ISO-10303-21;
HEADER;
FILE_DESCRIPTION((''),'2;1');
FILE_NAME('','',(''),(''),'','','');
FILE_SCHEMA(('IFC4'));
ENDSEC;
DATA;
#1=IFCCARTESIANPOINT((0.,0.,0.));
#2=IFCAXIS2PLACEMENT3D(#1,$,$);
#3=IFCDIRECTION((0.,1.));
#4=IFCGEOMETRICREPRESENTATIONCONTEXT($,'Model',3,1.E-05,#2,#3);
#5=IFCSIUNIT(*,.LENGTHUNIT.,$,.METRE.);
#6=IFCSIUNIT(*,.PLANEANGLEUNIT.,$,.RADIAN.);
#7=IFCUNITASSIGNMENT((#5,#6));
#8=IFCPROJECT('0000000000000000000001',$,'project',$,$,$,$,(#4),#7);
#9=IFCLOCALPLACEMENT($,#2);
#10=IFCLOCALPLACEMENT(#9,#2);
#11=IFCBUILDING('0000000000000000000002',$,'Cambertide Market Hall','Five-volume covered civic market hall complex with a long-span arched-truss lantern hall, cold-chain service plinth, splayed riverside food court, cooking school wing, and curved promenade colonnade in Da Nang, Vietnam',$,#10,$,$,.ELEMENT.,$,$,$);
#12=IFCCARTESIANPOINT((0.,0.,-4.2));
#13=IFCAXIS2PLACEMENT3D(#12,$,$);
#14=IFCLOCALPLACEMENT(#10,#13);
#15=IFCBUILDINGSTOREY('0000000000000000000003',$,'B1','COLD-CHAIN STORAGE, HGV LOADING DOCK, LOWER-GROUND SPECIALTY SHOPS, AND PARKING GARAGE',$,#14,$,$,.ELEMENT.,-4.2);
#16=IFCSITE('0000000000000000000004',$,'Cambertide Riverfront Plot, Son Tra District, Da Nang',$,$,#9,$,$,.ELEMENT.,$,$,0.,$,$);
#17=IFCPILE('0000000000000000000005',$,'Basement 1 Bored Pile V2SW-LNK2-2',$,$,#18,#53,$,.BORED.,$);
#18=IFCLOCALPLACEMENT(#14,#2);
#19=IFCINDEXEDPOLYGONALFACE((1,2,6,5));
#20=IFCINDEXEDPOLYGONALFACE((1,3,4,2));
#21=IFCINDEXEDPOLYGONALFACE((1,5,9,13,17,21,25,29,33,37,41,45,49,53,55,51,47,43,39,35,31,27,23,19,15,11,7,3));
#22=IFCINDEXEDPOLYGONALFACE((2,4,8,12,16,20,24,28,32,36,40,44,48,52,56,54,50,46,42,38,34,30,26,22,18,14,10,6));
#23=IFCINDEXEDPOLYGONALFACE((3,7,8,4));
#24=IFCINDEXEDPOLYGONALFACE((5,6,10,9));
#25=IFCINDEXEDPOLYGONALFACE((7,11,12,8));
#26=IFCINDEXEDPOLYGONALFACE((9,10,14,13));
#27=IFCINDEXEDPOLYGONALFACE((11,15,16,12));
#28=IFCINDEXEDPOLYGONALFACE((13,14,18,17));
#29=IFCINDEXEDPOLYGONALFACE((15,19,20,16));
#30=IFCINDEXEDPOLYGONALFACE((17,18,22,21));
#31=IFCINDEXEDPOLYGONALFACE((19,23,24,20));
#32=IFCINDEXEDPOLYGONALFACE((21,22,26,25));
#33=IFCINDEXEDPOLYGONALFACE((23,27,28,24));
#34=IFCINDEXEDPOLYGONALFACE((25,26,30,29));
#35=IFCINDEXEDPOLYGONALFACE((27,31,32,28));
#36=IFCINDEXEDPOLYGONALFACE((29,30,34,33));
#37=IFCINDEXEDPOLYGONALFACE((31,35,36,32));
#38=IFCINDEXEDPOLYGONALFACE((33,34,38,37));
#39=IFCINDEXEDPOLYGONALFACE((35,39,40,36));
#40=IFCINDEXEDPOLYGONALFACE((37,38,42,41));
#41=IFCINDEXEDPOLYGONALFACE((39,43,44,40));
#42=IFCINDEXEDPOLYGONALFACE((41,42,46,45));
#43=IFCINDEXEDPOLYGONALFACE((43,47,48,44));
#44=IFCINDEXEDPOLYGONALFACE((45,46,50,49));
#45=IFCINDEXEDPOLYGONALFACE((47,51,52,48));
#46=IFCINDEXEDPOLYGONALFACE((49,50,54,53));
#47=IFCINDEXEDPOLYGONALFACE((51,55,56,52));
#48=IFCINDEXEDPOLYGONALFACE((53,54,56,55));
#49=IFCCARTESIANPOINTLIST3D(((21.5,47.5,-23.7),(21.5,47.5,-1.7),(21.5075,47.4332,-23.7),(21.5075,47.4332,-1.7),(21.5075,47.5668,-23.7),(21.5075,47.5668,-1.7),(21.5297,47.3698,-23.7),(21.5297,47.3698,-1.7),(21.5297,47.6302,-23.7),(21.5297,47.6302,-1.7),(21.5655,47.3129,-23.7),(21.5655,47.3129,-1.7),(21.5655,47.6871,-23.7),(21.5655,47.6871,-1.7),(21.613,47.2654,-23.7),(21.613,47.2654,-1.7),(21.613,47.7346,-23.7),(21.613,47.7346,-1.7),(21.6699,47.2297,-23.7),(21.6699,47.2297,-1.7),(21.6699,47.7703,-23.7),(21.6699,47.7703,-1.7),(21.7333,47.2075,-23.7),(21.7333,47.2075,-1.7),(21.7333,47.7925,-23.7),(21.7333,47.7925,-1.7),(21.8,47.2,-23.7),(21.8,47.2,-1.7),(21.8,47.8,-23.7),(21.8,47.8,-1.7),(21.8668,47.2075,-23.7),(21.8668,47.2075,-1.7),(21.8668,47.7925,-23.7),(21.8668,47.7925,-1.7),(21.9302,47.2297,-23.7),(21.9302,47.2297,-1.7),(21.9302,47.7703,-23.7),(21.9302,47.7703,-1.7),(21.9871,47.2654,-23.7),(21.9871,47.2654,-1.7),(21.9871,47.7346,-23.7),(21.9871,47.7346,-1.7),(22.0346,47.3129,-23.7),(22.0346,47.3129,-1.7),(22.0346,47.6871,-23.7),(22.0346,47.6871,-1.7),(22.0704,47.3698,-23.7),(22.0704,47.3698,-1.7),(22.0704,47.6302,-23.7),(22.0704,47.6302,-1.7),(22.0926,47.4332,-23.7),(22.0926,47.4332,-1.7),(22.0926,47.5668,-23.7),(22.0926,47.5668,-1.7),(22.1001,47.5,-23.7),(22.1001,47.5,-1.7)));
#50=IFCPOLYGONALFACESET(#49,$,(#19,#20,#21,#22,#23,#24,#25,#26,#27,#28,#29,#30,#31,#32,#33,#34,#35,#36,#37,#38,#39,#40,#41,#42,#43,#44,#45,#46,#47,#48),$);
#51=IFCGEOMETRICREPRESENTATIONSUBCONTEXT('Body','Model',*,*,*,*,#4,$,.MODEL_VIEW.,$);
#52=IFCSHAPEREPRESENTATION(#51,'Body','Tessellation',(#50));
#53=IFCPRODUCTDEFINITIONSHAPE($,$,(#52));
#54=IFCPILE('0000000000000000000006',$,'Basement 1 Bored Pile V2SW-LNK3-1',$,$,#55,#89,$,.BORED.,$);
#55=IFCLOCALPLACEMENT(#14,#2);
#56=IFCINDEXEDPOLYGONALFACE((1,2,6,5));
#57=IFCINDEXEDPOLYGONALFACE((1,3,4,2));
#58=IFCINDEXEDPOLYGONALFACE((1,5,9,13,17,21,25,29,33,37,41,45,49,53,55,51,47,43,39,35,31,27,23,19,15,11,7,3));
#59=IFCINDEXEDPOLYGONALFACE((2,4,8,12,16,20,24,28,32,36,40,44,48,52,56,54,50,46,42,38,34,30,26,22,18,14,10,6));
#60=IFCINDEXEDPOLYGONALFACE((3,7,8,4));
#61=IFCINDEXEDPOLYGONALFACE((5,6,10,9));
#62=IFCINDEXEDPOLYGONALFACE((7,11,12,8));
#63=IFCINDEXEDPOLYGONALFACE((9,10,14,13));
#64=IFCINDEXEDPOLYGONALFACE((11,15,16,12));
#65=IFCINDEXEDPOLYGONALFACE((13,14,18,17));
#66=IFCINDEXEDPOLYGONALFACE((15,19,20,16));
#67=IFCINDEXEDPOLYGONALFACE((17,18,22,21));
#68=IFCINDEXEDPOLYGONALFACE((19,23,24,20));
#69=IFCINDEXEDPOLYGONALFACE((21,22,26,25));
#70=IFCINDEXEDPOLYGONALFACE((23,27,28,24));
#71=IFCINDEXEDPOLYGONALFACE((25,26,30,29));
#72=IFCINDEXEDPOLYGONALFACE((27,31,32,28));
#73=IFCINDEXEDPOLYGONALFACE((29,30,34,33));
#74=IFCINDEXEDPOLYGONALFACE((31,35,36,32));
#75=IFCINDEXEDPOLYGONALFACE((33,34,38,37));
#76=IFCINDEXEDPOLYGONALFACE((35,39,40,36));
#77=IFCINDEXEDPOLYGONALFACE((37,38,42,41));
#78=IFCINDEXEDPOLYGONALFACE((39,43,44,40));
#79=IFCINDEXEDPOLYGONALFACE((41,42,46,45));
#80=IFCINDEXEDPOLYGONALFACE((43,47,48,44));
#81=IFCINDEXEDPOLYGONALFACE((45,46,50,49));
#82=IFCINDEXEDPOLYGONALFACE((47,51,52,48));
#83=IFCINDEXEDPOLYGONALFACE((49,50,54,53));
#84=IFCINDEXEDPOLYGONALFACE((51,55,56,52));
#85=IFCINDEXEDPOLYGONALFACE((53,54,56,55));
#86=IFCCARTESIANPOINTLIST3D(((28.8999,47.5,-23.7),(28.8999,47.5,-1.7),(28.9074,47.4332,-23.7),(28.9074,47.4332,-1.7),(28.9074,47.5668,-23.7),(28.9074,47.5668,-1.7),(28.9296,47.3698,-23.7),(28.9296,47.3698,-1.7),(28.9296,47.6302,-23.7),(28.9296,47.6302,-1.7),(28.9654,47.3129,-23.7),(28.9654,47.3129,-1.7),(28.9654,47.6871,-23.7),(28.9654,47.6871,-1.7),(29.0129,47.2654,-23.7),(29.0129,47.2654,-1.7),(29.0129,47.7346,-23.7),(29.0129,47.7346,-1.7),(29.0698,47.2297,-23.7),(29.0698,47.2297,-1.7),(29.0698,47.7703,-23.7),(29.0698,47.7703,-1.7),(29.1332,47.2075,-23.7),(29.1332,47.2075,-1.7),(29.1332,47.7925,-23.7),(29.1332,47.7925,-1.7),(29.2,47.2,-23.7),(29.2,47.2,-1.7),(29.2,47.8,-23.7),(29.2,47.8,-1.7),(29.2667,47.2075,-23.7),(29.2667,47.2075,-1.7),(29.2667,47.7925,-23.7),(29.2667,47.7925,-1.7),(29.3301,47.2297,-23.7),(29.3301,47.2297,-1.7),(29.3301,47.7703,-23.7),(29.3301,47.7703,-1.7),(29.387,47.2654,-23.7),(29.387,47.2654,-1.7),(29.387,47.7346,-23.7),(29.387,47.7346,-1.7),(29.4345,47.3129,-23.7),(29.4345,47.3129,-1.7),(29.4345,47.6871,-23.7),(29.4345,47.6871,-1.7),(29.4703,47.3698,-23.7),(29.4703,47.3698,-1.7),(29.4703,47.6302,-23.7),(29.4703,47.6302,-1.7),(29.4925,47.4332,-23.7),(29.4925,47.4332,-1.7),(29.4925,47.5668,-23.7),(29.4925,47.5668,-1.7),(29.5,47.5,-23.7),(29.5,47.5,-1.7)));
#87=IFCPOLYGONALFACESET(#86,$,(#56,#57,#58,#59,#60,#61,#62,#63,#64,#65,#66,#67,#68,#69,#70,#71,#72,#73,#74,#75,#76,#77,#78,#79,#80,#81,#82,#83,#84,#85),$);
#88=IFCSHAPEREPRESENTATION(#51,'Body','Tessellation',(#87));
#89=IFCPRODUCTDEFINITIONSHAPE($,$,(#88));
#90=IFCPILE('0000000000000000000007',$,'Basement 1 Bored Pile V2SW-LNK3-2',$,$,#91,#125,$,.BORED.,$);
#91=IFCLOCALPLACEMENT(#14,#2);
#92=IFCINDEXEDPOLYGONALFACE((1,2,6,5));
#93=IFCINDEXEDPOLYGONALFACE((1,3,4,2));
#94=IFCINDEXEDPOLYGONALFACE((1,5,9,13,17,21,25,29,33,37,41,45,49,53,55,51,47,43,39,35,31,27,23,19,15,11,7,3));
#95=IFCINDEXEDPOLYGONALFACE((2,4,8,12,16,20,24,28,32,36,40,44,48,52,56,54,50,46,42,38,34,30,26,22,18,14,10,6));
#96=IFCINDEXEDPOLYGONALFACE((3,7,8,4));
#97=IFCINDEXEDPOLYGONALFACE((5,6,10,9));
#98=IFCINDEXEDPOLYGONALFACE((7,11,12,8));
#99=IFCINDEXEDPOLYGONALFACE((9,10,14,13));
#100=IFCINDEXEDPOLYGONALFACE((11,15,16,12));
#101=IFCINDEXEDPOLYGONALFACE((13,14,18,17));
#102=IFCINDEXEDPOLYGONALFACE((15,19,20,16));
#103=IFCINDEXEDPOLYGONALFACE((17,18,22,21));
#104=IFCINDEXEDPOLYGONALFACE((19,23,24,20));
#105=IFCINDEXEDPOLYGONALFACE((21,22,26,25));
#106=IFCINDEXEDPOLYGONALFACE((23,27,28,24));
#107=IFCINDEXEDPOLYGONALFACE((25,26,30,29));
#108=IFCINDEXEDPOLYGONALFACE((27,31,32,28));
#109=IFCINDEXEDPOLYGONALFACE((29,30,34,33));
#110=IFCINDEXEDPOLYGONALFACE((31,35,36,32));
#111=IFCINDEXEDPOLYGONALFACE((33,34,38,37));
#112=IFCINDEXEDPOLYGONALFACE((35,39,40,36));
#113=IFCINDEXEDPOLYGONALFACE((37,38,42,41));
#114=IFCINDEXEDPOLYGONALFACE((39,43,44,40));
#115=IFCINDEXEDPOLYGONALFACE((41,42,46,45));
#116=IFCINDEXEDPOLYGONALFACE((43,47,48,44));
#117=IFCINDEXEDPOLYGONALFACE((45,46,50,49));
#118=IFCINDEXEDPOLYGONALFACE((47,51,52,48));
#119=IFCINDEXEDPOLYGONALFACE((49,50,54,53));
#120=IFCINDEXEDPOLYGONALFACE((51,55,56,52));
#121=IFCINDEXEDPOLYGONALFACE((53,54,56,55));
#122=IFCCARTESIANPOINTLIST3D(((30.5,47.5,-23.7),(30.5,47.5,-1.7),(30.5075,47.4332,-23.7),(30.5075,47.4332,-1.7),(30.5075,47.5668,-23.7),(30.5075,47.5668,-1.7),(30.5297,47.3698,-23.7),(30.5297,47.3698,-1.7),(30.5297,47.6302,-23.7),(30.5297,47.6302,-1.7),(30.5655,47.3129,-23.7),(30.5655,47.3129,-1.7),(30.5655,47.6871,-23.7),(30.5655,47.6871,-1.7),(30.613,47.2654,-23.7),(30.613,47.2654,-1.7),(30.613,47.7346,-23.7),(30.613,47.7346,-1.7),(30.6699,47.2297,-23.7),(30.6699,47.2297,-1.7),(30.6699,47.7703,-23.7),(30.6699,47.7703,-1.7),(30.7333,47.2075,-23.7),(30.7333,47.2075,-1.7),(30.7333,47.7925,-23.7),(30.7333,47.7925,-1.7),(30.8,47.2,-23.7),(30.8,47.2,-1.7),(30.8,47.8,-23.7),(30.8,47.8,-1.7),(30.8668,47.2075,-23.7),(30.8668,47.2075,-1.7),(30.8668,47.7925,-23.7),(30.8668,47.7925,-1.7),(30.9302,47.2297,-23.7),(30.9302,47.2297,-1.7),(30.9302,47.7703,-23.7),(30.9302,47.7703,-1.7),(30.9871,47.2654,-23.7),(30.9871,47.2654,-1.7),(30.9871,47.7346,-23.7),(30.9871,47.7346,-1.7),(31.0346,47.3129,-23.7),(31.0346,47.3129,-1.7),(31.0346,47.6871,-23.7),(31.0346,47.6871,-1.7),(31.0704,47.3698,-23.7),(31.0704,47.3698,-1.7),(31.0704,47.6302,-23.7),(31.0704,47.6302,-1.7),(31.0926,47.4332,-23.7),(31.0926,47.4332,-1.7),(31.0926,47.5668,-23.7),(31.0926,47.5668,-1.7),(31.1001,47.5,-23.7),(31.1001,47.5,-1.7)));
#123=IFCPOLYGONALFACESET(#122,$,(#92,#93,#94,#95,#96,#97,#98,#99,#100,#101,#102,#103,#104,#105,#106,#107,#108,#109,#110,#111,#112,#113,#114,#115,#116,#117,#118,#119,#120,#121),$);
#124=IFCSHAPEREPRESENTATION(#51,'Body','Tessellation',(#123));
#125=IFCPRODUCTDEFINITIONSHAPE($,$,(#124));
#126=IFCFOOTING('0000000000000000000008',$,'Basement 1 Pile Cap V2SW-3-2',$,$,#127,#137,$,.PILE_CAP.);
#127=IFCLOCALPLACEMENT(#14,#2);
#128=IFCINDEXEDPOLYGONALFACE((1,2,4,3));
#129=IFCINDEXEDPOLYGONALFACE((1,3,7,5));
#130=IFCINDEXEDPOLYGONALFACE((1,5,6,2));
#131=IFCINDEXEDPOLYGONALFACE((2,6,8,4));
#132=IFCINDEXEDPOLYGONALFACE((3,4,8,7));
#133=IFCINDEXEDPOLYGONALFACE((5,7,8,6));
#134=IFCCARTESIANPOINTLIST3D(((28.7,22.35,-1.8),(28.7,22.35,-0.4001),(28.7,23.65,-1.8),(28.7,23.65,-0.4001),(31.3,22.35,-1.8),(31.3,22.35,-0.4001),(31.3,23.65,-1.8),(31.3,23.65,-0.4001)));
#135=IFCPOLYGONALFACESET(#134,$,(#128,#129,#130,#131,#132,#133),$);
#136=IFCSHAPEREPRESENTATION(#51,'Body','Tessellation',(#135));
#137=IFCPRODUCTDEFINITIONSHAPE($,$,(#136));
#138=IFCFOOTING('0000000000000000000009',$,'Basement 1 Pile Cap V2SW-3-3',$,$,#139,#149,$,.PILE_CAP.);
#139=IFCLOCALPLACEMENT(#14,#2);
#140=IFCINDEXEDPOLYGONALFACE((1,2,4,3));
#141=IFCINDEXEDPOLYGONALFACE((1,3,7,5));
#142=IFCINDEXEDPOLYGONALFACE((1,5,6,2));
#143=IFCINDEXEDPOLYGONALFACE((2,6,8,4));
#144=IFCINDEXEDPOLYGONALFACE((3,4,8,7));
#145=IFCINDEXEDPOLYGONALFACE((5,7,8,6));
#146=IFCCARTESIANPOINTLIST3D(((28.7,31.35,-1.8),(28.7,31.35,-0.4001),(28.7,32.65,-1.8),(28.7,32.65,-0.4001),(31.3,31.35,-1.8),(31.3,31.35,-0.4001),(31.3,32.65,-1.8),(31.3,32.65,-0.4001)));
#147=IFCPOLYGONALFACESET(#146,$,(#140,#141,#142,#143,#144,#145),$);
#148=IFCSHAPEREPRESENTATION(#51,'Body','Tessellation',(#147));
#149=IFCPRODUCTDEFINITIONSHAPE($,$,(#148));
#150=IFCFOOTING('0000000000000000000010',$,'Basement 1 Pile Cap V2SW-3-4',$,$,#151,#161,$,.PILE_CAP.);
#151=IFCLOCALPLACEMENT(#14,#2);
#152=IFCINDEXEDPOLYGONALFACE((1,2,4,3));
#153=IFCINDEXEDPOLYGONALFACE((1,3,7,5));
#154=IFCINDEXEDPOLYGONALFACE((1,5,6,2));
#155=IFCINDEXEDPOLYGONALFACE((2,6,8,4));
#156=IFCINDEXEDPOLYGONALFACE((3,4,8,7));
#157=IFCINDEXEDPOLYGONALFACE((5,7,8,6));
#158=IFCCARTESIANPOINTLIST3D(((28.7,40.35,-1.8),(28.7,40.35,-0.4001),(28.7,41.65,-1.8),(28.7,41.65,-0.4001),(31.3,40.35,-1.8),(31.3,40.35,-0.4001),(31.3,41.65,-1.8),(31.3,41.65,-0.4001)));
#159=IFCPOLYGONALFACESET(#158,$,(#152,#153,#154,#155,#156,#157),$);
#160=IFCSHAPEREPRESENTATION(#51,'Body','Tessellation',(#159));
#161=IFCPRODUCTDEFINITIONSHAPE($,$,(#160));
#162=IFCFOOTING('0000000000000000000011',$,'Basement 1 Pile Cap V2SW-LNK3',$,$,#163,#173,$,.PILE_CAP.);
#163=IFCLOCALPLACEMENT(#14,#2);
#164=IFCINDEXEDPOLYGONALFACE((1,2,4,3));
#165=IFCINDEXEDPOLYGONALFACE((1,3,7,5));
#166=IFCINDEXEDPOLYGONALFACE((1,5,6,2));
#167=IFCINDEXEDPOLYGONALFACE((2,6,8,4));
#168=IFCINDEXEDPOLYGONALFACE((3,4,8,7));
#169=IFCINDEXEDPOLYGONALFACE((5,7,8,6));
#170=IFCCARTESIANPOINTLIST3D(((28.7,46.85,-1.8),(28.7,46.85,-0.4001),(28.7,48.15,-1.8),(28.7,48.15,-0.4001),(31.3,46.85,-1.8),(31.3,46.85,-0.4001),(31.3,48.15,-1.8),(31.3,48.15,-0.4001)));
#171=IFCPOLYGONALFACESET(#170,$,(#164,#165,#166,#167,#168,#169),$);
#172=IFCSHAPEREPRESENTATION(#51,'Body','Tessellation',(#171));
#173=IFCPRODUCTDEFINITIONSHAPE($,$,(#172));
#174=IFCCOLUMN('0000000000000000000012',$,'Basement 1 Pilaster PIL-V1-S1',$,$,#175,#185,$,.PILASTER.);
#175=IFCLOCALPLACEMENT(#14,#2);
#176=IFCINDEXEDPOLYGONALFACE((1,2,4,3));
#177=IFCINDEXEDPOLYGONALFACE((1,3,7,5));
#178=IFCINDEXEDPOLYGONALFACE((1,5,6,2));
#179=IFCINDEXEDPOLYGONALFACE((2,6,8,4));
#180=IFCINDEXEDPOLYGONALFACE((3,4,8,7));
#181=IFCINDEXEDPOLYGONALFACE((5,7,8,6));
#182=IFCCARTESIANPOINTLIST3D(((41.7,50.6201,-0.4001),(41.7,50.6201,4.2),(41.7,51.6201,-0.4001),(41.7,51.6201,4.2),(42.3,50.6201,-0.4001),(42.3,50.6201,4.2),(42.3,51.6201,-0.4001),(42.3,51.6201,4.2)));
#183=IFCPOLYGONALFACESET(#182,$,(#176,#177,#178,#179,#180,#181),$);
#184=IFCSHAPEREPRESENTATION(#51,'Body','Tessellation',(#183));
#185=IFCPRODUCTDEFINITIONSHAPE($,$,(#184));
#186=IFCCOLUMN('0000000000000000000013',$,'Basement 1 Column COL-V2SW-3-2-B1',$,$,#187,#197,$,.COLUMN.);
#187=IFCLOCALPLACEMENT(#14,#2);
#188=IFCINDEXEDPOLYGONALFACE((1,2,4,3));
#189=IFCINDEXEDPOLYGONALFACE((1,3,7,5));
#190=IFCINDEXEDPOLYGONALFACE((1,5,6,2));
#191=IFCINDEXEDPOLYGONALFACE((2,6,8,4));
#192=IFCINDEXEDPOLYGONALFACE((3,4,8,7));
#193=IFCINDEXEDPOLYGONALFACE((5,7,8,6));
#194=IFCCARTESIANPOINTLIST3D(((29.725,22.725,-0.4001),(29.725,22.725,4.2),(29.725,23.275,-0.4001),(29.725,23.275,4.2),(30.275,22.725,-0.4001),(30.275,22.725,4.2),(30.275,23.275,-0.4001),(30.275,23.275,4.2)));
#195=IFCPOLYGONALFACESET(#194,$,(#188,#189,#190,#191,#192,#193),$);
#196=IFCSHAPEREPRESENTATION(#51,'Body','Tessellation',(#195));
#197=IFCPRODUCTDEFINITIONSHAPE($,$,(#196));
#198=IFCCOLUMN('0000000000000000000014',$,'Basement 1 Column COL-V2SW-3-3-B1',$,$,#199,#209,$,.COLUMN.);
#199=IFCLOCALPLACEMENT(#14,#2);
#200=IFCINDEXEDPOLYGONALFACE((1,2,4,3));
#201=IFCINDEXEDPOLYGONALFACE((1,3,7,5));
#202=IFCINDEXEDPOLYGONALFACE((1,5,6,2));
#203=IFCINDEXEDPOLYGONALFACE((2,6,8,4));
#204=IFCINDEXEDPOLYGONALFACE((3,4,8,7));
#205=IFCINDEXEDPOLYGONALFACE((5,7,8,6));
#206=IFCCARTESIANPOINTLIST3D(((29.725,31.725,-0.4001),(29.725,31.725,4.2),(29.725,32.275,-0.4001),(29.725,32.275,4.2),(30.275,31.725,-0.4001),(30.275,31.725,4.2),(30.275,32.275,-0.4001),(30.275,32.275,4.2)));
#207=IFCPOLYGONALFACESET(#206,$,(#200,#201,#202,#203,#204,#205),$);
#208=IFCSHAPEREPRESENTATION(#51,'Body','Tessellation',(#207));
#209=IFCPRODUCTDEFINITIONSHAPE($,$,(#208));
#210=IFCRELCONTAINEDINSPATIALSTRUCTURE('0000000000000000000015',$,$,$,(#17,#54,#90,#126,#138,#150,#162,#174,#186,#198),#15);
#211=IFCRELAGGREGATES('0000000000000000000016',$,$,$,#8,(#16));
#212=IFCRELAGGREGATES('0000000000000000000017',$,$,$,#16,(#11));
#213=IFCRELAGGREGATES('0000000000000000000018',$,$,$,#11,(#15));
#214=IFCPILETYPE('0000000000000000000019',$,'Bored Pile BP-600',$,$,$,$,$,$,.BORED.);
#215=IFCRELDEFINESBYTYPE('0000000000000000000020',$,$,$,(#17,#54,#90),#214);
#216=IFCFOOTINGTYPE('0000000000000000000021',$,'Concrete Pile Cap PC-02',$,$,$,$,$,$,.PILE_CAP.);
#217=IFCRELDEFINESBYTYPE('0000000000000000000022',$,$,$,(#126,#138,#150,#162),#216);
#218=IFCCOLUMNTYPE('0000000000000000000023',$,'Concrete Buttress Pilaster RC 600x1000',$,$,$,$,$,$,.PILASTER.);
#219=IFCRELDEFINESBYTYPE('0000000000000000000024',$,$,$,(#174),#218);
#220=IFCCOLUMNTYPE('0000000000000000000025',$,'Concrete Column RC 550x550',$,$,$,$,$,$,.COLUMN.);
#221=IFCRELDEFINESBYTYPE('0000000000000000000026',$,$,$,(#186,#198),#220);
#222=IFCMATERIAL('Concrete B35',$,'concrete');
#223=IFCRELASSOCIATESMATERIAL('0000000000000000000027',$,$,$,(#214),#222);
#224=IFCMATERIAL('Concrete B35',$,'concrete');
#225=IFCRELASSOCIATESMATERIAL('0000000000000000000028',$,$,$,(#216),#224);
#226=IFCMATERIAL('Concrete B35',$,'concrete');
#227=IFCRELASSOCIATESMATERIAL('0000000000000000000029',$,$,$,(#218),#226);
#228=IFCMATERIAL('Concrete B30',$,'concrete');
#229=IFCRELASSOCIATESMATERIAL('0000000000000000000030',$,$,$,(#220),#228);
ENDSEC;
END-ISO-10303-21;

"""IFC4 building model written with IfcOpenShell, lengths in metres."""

from ifc_helpers import new_model, si_unit, direction, frame, origin, origin_2d, place, context, subcontext, project, spatial, rectangle, circle, extrude, material, material_profile, profile_set, type_object, element, save


model = new_model("IFC4")

# Units and contexts
model_context = context("Model", 3, precision=1e-05, world=origin(), true_north=direction((0.0, 1.0)))
body_context = subcontext(model_context, "Body", "Model", "MODEL_VIEW")
ifc_project = project(units=[si_unit("LENGTHUNIT", "METRE"), si_unit("PLANEANGLEUNIT", "RADIAN")], contexts=[model_context])

# Site, building, storey
site_placement = place(None, origin())
site = spatial("IfcSite", under=ifc_project, at=site_placement, Name="Cambertide Riverfront Plot, Son Tra District, Da Nang", CompositionType="ELEMENT", RefElevation=0.0)
building_placement = place(site_placement, origin())
building = spatial("IfcBuilding", under=site, at=building_placement, Name="Cambertide Market Hall", Description="Five-volume covered civic market hall complex with a long-span arched-truss lantern hall, cold-chain service plinth, splayed riverside food court, cooking school wing, and curved promenade colonnade in Da Nang, Vietnam", CompositionType="ELEMENT")
storey_placement = place(building_placement, frame((0.0, 0.0, -4.2)))
storey = spatial("IfcBuildingStorey", under=building, at=storey_placement, Name="B1", Description="COLD-CHAIN STORAGE, HGV LOADING DOCK, LOWER-GROUND SPECIALTY SHOPS, AND PARKING GARAGE", CompositionType="ELEMENT", Elevation=-4.2)

# Piles
ifc_material_1 = material(Name="Concrete B35", Category="concrete")
ifc_material_profile_1 = material_profile(ifc_material_1, circle(Radius=0.3, at=origin_2d()), Name="BP D600")
ifc_profile_set_1 = profile_set([ifc_material_profile_1], Name="Concrete B35")
pile_type_1 = type_object("IfcPileType", Name="Bored Pile BP-600", PredefinedType="BORED", material=ifc_profile_set_1)
for number, where, z_axis, x_axis, name in (
    (1, (21.8, 47.5, -1.7), (0.0, 0.0, -1.0), (1.0, 0.0, 0.0), "Basement 1 Bored Pile V2SW-LNK2-2"),
    (2, (29.2, 47.5, -1.7), (0.0, 0.0, -1.0), (1.0, 0.0, 0.0), "Basement 1 Bored Pile V2SW-LNK3-1"),
    (3, (30.8, 47.5, -1.7), (0.0, 0.0, -1.0), (1.0, 0.0, 0.0), "Basement 1 Bored Pile V2SW-LNK3-2"),
):
    element("IfcPile", number, at=place(storey_placement, frame(where, z_axis=z_axis, x_axis=x_axis)), inside=storey, type_object=pile_type_1, Name=name, PredefinedType="BORED", context=body_context, shape_type="SweptSolid", body=[
        extrude(circle(Radius=0.3, at=origin_2d()), origin(), (0.0, 0.0, 1.0), 22.0),
    ])

# Footings
ifc_material_2 = material(Name="Concrete B35", Category="concrete")
footing_type = type_object("IfcFootingType", Name="Concrete Pile Cap PC-02", PredefinedType="PILE_CAP", material=ifc_material_2)
for number, where, z_axis, x_axis, name in (
    (4, (30.0, 23.0, -1.8), (0.0, 0.0, 1.0), (1.0, 0.0, 0.0), "Basement 1 Pile Cap V2SW-3-2"),
    (5, (30.0, 32.0, -1.8), (0.0, 0.0, 1.0), (1.0, 0.0, 0.0), "Basement 1 Pile Cap V2SW-3-3"),
    (6, (30.0, 41.0, -1.8), (0.0, 0.0, 1.0), (1.0, 0.0, 0.0), "Basement 1 Pile Cap V2SW-3-4"),
    (7, (30.0, 47.5, -1.8), (0.0, 0.0, 1.0), (1.0, 0.0, 0.0), "Basement 1 Pile Cap V2SW-LNK3"),
):
    element("IfcFooting", number, at=place(storey_placement, frame(where, z_axis=z_axis, x_axis=x_axis)), inside=storey, type_object=footing_type, Name=name, PredefinedType="PILE_CAP", context=body_context, shape_type="SweptSolid", body=[
        extrude(rectangle(XDim=2.6001, YDim=1.3, at=origin_2d()), origin(), (0.0, 0.0, 1.0), 1.3999),
    ])

# Columns
ifc_material_3 = material(Name="Concrete B35", Category="concrete")
ifc_material_profile_2 = material_profile(ifc_material_3, rectangle(XDim=0.6001, YDim=1.0, at=origin_2d()), Name="RC 600x1000")
ifc_profile_set_2 = profile_set([ifc_material_profile_2], Name="Concrete B35")
column_type_1 = type_object("IfcColumnType", Name="Concrete Buttress Pilaster RC 600x1000", PredefinedType="PILASTER", material=ifc_profile_set_2)
column_placement = place(storey_placement, frame((42.0, 51.1201, -0.4001), z_axis=(0.0, 0.0, 1.0), x_axis=(1.0, 0.0, 0.0)))
element("IfcColumn", 8, at=column_placement, inside=storey, type_object=column_type_1, Name="Basement 1 Pilaster PIL-V1-S1", PredefinedType="PILASTER", context=body_context, shape_type="SweptSolid", body=[
    extrude(rectangle(XDim=0.6001, YDim=1.0, at=origin_2d()), origin(), (0.0, 0.0, 1.0), 4.6001),
])
ifc_material_4 = material(Name="Concrete B30", Category="concrete")
ifc_material_profile_3 = material_profile(ifc_material_4, rectangle(XDim=0.55, YDim=0.55, at=origin_2d()), Name="RC 550x550")
ifc_profile_set_3 = profile_set([ifc_material_profile_3], Name="Concrete B30")
column_type_2 = type_object("IfcColumnType", Name="Concrete Column RC 550x550", PredefinedType="COLUMN", material=ifc_profile_set_3)
for number, where, z_axis, x_axis, name in (
    (9, (30.0, 23.0, -0.4001), (0.0, 0.0, 1.0), (1.0, 0.0, 0.0), "Basement 1 Column COL-V2SW-3-2-B1"),
    (10, (30.0, 32.0, -0.4001), (0.0, 0.0, 1.0), (1.0, 0.0, 0.0), "Basement 1 Column COL-V2SW-3-3-B1"),
):
    element("IfcColumn", number, at=place(storey_placement, frame(where, z_axis=z_axis, x_axis=x_axis)), inside=storey, type_object=column_type_2, Name=name, PredefinedType="COLUMN", context=body_context, shape_type="SweptSolid", body=[
        extrude(rectangle(XDim=0.55, YDim=0.55, at=origin_2d()), origin(), (0.0, 0.0, 1.0), 4.6001),
    ])

save(model, "model.ifc")
